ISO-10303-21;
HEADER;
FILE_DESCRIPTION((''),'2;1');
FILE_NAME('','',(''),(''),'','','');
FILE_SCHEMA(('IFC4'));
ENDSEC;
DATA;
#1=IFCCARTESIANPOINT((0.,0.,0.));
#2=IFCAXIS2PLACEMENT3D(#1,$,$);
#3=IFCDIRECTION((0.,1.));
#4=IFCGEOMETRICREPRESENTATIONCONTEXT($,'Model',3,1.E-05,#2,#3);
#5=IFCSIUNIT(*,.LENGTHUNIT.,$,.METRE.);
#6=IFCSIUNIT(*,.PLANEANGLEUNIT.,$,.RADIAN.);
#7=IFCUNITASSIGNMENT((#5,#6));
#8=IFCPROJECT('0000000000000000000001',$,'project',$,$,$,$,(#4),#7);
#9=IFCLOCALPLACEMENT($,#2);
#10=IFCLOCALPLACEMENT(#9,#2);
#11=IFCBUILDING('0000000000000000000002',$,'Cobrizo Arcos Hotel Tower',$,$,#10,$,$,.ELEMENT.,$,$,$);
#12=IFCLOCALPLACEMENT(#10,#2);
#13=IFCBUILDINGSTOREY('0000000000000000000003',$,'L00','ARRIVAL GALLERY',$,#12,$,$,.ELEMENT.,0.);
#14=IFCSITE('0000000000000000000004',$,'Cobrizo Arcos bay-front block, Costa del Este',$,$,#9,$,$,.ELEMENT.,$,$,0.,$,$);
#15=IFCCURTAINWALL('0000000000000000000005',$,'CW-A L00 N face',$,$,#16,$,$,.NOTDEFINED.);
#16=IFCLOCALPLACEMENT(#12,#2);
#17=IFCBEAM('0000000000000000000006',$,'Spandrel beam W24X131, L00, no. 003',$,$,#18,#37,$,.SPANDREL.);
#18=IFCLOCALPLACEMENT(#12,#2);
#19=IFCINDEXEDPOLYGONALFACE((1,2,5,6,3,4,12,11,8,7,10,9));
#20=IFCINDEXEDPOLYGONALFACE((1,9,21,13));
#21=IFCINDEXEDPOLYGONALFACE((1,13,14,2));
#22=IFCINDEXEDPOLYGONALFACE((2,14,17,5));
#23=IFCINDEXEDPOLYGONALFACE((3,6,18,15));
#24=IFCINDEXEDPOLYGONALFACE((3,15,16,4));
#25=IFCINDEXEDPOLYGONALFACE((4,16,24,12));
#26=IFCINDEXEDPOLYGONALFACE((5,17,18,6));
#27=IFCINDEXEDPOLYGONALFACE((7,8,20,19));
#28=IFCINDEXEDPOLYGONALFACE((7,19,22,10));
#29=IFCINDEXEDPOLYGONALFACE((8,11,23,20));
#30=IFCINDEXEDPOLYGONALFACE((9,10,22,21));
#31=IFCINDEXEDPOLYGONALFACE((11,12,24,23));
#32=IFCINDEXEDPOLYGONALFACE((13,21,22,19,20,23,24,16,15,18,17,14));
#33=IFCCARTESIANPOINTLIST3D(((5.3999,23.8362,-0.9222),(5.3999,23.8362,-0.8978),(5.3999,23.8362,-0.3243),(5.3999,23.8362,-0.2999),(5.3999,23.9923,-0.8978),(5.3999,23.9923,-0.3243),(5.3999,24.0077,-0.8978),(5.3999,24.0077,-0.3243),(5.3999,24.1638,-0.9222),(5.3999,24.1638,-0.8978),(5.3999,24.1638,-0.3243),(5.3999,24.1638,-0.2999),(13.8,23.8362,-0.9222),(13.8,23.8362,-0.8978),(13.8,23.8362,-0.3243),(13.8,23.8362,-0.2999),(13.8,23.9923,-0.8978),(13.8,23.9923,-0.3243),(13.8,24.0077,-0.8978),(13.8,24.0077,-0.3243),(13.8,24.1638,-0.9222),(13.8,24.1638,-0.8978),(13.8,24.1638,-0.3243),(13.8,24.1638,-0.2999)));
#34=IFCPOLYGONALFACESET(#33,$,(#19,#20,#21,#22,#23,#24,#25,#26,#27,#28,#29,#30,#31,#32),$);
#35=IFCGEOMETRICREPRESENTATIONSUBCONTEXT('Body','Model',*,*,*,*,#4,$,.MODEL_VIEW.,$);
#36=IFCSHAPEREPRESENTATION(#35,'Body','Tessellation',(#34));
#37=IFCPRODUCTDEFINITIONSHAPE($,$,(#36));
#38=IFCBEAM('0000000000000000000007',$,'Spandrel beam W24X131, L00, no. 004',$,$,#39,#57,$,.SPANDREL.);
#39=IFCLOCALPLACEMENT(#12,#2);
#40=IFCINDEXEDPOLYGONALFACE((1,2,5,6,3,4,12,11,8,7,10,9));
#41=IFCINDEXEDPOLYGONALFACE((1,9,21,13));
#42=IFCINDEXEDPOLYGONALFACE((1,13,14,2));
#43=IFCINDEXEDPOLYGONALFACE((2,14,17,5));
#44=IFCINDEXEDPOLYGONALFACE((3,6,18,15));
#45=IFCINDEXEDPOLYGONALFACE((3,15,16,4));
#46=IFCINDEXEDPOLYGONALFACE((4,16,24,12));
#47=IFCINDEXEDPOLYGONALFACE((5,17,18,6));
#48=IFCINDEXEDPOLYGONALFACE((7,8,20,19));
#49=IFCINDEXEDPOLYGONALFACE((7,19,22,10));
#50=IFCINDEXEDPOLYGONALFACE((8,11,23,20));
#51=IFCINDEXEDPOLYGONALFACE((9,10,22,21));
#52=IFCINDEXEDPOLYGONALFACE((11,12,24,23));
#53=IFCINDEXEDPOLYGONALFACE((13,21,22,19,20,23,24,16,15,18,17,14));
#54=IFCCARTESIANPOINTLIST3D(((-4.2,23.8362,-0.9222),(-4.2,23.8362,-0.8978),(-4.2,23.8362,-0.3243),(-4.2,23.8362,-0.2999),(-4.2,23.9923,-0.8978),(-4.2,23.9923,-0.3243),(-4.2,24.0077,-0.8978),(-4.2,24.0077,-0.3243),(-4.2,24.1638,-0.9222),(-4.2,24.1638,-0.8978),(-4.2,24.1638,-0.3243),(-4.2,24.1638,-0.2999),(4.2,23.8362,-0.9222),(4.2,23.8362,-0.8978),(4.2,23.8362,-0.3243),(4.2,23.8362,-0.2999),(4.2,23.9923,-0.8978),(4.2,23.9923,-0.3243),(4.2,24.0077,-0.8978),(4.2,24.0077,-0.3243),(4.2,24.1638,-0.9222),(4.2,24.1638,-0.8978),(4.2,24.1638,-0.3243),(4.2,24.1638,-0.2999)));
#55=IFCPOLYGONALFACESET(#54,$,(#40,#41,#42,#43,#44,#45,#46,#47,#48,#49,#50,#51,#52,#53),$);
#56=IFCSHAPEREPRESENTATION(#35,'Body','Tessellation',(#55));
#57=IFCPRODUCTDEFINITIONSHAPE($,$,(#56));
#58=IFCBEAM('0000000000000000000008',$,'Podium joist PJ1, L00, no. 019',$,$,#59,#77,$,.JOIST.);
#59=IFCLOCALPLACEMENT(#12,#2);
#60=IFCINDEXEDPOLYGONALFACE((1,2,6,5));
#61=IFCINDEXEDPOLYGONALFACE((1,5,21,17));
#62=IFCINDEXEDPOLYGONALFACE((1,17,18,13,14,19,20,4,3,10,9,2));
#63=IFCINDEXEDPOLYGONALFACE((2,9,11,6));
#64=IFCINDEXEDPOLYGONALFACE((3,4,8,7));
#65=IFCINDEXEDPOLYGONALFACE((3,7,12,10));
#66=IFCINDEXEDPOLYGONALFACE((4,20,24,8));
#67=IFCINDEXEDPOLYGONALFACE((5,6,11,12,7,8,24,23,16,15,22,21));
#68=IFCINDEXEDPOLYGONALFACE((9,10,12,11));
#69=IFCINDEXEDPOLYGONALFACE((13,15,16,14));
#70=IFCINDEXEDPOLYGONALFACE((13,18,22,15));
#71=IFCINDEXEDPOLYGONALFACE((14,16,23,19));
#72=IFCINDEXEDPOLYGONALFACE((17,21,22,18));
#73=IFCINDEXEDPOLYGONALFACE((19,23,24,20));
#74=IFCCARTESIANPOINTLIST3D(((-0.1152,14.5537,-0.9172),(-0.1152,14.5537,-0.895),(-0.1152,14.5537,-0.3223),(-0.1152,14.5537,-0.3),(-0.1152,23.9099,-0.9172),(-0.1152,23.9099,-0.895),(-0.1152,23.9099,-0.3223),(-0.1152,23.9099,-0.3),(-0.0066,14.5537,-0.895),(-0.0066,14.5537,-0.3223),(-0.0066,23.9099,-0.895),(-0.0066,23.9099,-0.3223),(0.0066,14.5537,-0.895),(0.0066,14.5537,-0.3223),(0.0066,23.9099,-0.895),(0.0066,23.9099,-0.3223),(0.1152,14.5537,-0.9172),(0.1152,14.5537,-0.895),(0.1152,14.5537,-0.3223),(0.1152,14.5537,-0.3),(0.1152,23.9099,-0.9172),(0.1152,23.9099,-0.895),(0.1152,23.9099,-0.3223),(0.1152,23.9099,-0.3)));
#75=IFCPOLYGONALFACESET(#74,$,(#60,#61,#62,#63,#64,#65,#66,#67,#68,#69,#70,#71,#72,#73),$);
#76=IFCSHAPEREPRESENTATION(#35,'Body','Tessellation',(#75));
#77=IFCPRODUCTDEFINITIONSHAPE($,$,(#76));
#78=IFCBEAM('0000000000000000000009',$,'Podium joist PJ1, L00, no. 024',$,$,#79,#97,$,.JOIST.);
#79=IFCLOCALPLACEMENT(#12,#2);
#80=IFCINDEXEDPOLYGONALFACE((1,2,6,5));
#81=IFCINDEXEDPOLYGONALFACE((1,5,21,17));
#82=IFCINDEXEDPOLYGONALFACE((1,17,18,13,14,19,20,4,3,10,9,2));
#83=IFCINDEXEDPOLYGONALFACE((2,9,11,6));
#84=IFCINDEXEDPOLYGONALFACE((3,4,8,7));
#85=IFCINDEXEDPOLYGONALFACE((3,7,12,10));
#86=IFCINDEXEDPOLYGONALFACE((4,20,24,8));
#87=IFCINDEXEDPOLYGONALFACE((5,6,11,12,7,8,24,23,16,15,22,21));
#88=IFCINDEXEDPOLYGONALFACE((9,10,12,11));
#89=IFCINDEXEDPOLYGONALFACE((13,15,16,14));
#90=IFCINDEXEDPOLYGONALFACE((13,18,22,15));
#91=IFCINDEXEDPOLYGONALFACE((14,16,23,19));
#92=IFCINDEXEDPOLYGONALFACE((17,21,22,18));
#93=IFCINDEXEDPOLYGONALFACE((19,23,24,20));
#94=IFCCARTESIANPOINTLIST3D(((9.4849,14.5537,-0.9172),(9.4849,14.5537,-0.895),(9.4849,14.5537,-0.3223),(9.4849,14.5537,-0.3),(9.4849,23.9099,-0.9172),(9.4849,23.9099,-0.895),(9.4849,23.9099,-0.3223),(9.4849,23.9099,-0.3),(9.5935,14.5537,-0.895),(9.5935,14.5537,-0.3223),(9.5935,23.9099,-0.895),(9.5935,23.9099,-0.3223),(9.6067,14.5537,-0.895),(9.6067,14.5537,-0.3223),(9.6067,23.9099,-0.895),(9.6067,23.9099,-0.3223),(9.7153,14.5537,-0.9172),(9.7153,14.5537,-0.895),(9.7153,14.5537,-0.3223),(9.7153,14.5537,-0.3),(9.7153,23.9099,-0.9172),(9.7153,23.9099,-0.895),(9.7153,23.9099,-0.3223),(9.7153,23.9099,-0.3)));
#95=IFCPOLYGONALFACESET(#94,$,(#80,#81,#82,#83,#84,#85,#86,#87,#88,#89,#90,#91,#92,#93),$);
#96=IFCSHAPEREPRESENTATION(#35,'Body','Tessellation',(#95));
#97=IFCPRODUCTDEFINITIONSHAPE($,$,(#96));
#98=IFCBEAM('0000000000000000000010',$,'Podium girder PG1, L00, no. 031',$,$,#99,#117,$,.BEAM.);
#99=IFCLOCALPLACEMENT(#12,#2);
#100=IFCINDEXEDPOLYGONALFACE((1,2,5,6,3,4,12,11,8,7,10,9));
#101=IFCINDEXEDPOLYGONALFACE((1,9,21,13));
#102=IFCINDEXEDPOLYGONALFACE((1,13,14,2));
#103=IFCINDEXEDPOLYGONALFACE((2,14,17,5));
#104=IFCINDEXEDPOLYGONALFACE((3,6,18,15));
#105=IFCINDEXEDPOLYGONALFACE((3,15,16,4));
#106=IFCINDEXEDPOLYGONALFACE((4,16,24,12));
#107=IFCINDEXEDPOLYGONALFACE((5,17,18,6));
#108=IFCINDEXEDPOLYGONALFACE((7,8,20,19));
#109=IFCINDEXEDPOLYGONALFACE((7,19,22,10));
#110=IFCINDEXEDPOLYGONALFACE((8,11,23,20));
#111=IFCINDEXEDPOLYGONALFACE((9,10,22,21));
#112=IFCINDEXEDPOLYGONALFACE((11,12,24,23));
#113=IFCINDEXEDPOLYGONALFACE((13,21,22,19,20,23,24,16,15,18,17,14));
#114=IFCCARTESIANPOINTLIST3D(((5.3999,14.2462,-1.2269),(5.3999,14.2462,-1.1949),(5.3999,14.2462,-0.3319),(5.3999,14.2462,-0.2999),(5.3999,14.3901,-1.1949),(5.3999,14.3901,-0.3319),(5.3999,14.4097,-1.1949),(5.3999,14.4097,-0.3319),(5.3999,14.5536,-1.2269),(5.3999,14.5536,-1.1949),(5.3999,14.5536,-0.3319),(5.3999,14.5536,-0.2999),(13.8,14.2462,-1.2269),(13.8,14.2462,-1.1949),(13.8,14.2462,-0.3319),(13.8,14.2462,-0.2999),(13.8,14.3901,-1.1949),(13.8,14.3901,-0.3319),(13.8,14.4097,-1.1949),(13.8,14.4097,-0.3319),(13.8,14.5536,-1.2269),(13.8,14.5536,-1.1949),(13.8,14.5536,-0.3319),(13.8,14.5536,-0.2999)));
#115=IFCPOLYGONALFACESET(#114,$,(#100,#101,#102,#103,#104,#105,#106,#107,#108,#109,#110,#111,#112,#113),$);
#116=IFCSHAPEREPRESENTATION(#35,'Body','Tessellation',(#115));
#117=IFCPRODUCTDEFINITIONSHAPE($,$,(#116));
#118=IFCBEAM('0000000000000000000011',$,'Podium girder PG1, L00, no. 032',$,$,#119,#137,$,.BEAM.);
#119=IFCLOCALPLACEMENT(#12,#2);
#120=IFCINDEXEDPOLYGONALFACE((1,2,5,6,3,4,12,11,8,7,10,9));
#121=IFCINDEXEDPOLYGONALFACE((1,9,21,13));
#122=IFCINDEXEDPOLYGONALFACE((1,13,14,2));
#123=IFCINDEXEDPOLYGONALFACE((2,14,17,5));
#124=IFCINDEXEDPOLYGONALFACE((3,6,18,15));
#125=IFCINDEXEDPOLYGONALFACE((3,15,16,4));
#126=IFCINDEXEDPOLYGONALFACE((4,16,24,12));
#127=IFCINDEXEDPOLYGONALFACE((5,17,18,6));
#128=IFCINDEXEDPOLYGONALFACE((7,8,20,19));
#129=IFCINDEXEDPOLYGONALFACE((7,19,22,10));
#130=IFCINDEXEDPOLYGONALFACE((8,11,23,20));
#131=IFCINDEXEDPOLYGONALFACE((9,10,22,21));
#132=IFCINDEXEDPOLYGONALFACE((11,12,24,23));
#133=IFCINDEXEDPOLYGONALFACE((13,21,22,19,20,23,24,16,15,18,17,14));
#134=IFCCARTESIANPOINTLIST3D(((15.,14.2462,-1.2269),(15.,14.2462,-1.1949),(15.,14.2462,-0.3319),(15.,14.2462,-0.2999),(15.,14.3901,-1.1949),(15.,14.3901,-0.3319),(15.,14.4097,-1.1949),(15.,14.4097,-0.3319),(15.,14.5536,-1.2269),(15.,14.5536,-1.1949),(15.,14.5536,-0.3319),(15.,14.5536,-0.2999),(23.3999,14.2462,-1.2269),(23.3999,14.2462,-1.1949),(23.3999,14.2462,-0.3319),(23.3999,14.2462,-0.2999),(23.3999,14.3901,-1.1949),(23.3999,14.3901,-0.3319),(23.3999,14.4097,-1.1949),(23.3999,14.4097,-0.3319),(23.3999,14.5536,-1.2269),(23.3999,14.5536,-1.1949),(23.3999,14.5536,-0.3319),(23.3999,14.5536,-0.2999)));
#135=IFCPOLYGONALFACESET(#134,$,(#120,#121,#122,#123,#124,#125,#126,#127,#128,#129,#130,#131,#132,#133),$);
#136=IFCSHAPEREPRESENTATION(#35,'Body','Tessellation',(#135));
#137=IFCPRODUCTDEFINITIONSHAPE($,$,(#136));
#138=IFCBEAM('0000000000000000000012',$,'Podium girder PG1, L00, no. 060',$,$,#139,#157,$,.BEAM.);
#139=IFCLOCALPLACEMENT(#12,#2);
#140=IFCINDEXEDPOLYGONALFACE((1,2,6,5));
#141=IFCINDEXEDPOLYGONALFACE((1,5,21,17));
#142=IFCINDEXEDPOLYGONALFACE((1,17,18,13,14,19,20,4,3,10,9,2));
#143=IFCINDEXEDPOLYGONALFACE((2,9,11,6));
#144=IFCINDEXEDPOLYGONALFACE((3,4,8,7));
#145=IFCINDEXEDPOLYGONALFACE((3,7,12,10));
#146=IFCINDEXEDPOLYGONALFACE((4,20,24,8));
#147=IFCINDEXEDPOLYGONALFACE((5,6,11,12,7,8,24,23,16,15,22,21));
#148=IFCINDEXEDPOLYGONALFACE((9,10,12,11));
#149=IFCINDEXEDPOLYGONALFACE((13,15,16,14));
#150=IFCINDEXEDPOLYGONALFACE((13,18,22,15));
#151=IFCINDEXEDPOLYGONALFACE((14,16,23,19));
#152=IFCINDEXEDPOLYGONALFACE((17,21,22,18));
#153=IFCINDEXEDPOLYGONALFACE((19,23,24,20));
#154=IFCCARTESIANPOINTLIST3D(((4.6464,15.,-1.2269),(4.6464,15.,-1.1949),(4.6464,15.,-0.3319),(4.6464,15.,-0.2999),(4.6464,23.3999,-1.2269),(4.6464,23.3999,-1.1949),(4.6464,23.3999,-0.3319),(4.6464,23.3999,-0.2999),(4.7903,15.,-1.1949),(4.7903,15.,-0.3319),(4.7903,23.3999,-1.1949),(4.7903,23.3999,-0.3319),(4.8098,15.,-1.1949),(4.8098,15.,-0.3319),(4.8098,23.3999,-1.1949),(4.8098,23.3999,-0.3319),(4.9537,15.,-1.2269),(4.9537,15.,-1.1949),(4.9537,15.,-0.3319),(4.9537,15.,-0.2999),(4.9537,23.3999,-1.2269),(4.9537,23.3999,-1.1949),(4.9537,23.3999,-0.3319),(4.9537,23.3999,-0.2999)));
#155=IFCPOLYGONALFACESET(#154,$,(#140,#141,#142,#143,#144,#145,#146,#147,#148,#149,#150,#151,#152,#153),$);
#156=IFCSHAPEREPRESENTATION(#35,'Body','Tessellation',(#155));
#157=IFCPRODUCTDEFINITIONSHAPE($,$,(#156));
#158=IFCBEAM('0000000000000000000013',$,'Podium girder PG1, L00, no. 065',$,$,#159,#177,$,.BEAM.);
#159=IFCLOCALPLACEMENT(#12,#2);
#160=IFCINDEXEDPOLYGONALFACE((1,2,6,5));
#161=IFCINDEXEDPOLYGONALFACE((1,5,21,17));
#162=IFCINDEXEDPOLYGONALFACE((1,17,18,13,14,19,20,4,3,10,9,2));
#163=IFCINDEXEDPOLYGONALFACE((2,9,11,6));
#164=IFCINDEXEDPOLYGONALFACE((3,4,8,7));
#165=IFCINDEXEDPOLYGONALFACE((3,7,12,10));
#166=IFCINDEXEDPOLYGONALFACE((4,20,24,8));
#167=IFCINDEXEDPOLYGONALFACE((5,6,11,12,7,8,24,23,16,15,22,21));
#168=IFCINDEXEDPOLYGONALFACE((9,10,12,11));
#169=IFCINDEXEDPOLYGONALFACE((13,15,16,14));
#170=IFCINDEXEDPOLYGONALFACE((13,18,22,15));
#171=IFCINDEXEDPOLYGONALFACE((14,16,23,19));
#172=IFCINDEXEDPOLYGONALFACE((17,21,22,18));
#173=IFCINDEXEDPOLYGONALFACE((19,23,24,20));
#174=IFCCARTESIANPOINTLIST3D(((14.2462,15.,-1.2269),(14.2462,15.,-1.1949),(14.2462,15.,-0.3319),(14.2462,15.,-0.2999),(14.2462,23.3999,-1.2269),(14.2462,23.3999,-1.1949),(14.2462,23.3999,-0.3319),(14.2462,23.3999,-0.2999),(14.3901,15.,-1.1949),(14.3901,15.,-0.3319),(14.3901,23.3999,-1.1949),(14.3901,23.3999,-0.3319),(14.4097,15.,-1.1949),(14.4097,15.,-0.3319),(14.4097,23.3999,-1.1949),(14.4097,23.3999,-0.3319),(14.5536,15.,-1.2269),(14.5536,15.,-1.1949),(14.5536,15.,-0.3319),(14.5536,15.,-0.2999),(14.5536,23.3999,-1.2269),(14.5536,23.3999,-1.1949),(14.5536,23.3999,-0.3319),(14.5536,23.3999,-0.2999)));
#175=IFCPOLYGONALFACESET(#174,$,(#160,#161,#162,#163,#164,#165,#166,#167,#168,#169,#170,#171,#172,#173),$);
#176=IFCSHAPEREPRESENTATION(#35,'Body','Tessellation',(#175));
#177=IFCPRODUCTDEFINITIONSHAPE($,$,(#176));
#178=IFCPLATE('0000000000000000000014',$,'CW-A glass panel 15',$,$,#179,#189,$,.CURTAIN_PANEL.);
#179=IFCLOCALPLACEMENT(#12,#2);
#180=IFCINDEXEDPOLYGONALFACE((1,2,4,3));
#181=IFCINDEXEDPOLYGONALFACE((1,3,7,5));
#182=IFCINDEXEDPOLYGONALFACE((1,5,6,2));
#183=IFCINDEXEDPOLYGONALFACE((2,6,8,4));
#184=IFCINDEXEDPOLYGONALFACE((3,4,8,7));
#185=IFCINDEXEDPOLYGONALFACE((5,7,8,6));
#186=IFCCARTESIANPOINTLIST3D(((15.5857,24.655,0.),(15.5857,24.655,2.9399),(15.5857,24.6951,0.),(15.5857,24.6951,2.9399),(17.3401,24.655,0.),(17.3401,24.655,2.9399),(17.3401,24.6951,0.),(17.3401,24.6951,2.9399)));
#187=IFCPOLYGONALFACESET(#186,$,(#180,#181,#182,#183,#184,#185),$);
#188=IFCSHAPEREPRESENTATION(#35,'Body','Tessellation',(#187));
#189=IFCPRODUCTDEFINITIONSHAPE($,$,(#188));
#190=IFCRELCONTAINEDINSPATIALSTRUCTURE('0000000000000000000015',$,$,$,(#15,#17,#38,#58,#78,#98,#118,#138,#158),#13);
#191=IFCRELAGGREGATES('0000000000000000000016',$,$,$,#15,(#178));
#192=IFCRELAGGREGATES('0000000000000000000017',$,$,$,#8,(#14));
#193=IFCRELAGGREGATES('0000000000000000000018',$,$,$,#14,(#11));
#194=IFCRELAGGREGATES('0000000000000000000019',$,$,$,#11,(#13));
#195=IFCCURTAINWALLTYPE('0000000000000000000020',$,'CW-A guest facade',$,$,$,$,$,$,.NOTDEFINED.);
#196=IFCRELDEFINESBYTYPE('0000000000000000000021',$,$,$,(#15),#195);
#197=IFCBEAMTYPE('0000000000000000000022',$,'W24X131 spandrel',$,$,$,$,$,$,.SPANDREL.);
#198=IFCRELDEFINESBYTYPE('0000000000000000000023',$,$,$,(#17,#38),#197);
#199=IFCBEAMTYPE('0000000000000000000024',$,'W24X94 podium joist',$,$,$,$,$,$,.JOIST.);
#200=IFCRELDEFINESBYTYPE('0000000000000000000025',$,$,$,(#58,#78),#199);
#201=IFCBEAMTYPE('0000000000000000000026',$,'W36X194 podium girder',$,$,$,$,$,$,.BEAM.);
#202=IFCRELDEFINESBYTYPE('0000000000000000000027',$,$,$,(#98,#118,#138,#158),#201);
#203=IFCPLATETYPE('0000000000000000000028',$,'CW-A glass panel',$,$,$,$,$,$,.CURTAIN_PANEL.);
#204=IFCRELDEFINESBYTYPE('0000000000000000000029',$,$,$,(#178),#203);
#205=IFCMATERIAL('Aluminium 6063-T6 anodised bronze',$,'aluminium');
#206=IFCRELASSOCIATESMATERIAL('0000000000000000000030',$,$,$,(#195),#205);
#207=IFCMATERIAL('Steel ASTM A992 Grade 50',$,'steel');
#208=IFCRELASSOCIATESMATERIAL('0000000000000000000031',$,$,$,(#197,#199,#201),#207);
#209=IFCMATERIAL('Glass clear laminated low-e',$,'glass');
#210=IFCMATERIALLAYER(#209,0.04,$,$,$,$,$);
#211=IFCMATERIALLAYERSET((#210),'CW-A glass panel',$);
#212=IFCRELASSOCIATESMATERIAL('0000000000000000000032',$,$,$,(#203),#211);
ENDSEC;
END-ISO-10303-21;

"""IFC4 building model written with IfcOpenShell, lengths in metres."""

from ifc_helpers import new_model, si_unit, direction, frame, origin, origin_2d, place, context, subcontext, project, spatial, rectangle, i_section, extrude, material, layer, layer_set, material_profile, profile_set, type_object, element, aggregate, save


model = new_model("IFC4")

# Units and contexts
model_context = context("Model", 3, precision=1e-05, world=origin(), true_north=direction((0.0, 1.0)))
body_context = subcontext(model_context, "Body", "Model", "MODEL_VIEW")
ifc_project = project(units=[si_unit("LENGTHUNIT", "METRE"), si_unit("PLANEANGLEUNIT", "RADIAN")], contexts=[model_context])

# Site, building, storey
site_placement = place(None, origin())
site = spatial("IfcSite", under=ifc_project, at=site_placement, Name="Cobrizo Arcos bay-front block, Costa del Este", CompositionType="ELEMENT", RefElevation=0.0)
building_placement = place(site_placement, origin())
building = spatial("IfcBuilding", under=site, at=building_placement, Name="Cobrizo Arcos Hotel Tower", CompositionType="ELEMENT")
storey_placement = place(building_placement, origin())
storey = spatial("IfcBuildingStorey", under=building, at=storey_placement, Name="L00", Description="ARRIVAL GALLERY", CompositionType="ELEMENT", Elevation=0.0)

# Curtain wall
ifc_material_1 = material(Name="Aluminium 6063-T6 anodised bronze", Category="aluminium")
curtain_wall_type = type_object("IfcCurtainWallType", Name="CW-A guest facade", PredefinedType="NOTDEFINED", material=ifc_material_1)
curtain_wall_placement = place(storey_placement, origin())
curtain_wall = element("IfcCurtainWall", 1, at=curtain_wall_placement, inside=storey, type_object=curtain_wall_type, Name="CW-A L00 N face", PredefinedType="NOTDEFINED")

# Beams
ifc_material_2 = material(Name="Steel ASTM A992 Grade 50", Category="steel")
ifc_material_profile_1 = material_profile(ifc_material_2, i_section(OverallWidth=0.3276, OverallDepth=0.6223, WebThickness=0.0154, FlangeThickness=0.0244, at=origin_2d()), Name="W24X131")
ifc_profile_set_1 = profile_set([ifc_material_profile_1], Name="Steel ASTM A992 Grade 50")
beam_type_1 = type_object("IfcBeamType", Name="W24X131 spandrel", PredefinedType="SPANDREL", material=ifc_profile_set_1)
beam_1_placement = place(storey_placement, frame((13.8, 24.0, -0.6111), z_axis=(-1.0, 0.0, 0.0), x_axis=(0.0, -1.0, 0.0)))
element("IfcBeam", 2, at=beam_1_placement, inside=storey, type_object=beam_type_1, Name="Spandrel beam W24X131, L00, no. 003", PredefinedType="SPANDREL", context=body_context, shape_type="SweptSolid", body=[
    extrude(i_section(OverallWidth=0.3276, OverallDepth=0.6223, WebThickness=0.0154, FlangeThickness=0.0244, at=origin_2d()), origin(), (0.0, 0.0, 1.0), 8.4001),
])
beam_2_placement = place(storey_placement, frame((4.2, 24.0, -0.6111), z_axis=(-1.0, 0.0, 0.0), x_axis=(0.0, -1.0, 0.0)))
element("IfcBeam", 3, at=beam_2_placement, inside=storey, type_object=beam_type_1, Name="Spandrel beam W24X131, L00, no. 004", PredefinedType="SPANDREL", context=body_context, shape_type="SweptSolid", body=[
    extrude(i_section(OverallWidth=0.3276, OverallDepth=0.6223, WebThickness=0.0154, FlangeThickness=0.0244, at=origin_2d()), origin(), (0.0, 0.0, 1.0), 8.3999),
])
ifc_material_profile_2 = material_profile(ifc_material_2, i_section(OverallWidth=0.2305, OverallDepth=0.6172, WebThickness=0.0132, FlangeThickness=0.0222, at=origin_2d()), Name="W24X94")
ifc_profile_set_2 = profile_set([ifc_material_profile_2], Name="Steel ASTM A992 Grade 50")
beam_type_2 = type_object("IfcBeamType", Name="W24X94 podium joist", PredefinedType="JOIST", material=ifc_profile_set_2)
for number, where, z_axis, x_axis, name in (
    (4, (0.0, 14.5537, -0.6086), (0.0, 1.0, 0.0), (-1.0, 0.0, 0.0), "Podium joist PJ1, L00, no. 019"),
    (5, (9.6001, 14.5537, -0.6086), (0.0, 1.0, 0.0), (-1.0, 0.0, 0.0), "Podium joist PJ1, L00, no. 024"),
):
    element("IfcBeam", number, at=place(storey_placement, frame(where, z_axis=z_axis, x_axis=x_axis)), inside=storey, type_object=beam_type_2, Name=name, PredefinedType="JOIST", context=body_context, shape_type="SweptSolid", body=[
        extrude(i_section(OverallWidth=0.2305, OverallDepth=0.6172, WebThickness=0.0132, FlangeThickness=0.0222, at=origin_2d()), origin(), (0.0, 0.0, 1.0), 9.3562),
    ])
ifc_material_profile_3 = material_profile(ifc_material_2, i_section(OverallWidth=0.3074, OverallDepth=0.927, WebThickness=0.0195, FlangeThickness=0.032, at=origin_2d()), Name="W36X194")
ifc_profile_set_3 = profile_set([ifc_material_profile_3], Name="Steel ASTM A992 Grade 50")
beam_type_3 = type_object("IfcBeamType", Name="W36X194 podium girder", PredefinedType="BEAM", material=ifc_profile_set_3)
beam_3_placement = place(storey_placement, frame((5.3999, 14.3999, -0.7634), z_axis=(1.0, 0.0, 0.0), x_axis=(0.0, 1.0, 0.0)))
element("IfcBeam", 6, at=beam_3_placement, inside=storey, type_object=beam_type_3, Name="Podium girder PG1, L00, no. 031", PredefinedType="BEAM", context=body_context, shape_type="SweptSolid", body=[
    extrude(i_section(OverallWidth=0.3074, OverallDepth=0.927, WebThickness=0.0195, FlangeThickness=0.032, at=origin_2d()), origin(), (0.0, 0.0, 1.0), 8.4001),
])
for number, where, z_axis, x_axis, name in (
    (7, (15.0, 14.3999, -0.7634), (1.0, 0.0, 0.0), (0.0, 1.0, 0.0), "Podium girder PG1, L00, no. 032"),
    (8, (4.8, 15.0, -0.7634), (0.0, 1.0, 0.0), (-1.0, 0.0, 0.0), "Podium girder PG1, L00, no. 060"),
    (9, (14.3999, 15.0, -0.7634), (0.0, 1.0, 0.0), (-1.0, 0.0, 0.0), "Podium girder PG1, L00, no. 065"),
):
    element("IfcBeam", number, at=place(storey_placement, frame(where, z_axis=z_axis, x_axis=x_axis)), inside=storey, type_object=beam_type_3, Name=name, PredefinedType="BEAM", context=body_context, shape_type="SweptSolid", body=[
        extrude(i_section(OverallWidth=0.3074, OverallDepth=0.927, WebThickness=0.0195, FlangeThickness=0.032, at=origin_2d()), origin(), (0.0, 0.0, 1.0), 8.3999),
    ])

# Plate
ifc_material_3 = material(Name="Glass clear laminated low-e", Category="glass")
ifc_layer_1 = layer(ifc_material_3, 0.04)
ifc_layer_set_1 = layer_set([ifc_layer_1], Name="CW-A glass panel")
plate_type = type_object("IfcPlateType", Name="CW-A glass panel", PredefinedType="CURTAIN_PANEL", material=ifc_layer_set_1)
plate_1_placement = place(storey_placement, frame((16.4629, 24.675, 0.0), z_axis=(0.0, 0.0, 1.0), x_axis=(-1.0, 0.0, 0.0)))
plate_1 = element("IfcPlate", 10, at=plate_1_placement, type_object=plate_type, Name="CW-A glass panel 15", PredefinedType="CURTAIN_PANEL", context=body_context, shape_type="SweptSolid", body=[
    extrude(rectangle(XDim=1.7544, YDim=0.04, at=origin_2d()), origin(), (0.0, 0.0, 1.0), 2.9399),
])
aggregate(curtain_wall, [plate_1])

save(model, "model.ifc")
